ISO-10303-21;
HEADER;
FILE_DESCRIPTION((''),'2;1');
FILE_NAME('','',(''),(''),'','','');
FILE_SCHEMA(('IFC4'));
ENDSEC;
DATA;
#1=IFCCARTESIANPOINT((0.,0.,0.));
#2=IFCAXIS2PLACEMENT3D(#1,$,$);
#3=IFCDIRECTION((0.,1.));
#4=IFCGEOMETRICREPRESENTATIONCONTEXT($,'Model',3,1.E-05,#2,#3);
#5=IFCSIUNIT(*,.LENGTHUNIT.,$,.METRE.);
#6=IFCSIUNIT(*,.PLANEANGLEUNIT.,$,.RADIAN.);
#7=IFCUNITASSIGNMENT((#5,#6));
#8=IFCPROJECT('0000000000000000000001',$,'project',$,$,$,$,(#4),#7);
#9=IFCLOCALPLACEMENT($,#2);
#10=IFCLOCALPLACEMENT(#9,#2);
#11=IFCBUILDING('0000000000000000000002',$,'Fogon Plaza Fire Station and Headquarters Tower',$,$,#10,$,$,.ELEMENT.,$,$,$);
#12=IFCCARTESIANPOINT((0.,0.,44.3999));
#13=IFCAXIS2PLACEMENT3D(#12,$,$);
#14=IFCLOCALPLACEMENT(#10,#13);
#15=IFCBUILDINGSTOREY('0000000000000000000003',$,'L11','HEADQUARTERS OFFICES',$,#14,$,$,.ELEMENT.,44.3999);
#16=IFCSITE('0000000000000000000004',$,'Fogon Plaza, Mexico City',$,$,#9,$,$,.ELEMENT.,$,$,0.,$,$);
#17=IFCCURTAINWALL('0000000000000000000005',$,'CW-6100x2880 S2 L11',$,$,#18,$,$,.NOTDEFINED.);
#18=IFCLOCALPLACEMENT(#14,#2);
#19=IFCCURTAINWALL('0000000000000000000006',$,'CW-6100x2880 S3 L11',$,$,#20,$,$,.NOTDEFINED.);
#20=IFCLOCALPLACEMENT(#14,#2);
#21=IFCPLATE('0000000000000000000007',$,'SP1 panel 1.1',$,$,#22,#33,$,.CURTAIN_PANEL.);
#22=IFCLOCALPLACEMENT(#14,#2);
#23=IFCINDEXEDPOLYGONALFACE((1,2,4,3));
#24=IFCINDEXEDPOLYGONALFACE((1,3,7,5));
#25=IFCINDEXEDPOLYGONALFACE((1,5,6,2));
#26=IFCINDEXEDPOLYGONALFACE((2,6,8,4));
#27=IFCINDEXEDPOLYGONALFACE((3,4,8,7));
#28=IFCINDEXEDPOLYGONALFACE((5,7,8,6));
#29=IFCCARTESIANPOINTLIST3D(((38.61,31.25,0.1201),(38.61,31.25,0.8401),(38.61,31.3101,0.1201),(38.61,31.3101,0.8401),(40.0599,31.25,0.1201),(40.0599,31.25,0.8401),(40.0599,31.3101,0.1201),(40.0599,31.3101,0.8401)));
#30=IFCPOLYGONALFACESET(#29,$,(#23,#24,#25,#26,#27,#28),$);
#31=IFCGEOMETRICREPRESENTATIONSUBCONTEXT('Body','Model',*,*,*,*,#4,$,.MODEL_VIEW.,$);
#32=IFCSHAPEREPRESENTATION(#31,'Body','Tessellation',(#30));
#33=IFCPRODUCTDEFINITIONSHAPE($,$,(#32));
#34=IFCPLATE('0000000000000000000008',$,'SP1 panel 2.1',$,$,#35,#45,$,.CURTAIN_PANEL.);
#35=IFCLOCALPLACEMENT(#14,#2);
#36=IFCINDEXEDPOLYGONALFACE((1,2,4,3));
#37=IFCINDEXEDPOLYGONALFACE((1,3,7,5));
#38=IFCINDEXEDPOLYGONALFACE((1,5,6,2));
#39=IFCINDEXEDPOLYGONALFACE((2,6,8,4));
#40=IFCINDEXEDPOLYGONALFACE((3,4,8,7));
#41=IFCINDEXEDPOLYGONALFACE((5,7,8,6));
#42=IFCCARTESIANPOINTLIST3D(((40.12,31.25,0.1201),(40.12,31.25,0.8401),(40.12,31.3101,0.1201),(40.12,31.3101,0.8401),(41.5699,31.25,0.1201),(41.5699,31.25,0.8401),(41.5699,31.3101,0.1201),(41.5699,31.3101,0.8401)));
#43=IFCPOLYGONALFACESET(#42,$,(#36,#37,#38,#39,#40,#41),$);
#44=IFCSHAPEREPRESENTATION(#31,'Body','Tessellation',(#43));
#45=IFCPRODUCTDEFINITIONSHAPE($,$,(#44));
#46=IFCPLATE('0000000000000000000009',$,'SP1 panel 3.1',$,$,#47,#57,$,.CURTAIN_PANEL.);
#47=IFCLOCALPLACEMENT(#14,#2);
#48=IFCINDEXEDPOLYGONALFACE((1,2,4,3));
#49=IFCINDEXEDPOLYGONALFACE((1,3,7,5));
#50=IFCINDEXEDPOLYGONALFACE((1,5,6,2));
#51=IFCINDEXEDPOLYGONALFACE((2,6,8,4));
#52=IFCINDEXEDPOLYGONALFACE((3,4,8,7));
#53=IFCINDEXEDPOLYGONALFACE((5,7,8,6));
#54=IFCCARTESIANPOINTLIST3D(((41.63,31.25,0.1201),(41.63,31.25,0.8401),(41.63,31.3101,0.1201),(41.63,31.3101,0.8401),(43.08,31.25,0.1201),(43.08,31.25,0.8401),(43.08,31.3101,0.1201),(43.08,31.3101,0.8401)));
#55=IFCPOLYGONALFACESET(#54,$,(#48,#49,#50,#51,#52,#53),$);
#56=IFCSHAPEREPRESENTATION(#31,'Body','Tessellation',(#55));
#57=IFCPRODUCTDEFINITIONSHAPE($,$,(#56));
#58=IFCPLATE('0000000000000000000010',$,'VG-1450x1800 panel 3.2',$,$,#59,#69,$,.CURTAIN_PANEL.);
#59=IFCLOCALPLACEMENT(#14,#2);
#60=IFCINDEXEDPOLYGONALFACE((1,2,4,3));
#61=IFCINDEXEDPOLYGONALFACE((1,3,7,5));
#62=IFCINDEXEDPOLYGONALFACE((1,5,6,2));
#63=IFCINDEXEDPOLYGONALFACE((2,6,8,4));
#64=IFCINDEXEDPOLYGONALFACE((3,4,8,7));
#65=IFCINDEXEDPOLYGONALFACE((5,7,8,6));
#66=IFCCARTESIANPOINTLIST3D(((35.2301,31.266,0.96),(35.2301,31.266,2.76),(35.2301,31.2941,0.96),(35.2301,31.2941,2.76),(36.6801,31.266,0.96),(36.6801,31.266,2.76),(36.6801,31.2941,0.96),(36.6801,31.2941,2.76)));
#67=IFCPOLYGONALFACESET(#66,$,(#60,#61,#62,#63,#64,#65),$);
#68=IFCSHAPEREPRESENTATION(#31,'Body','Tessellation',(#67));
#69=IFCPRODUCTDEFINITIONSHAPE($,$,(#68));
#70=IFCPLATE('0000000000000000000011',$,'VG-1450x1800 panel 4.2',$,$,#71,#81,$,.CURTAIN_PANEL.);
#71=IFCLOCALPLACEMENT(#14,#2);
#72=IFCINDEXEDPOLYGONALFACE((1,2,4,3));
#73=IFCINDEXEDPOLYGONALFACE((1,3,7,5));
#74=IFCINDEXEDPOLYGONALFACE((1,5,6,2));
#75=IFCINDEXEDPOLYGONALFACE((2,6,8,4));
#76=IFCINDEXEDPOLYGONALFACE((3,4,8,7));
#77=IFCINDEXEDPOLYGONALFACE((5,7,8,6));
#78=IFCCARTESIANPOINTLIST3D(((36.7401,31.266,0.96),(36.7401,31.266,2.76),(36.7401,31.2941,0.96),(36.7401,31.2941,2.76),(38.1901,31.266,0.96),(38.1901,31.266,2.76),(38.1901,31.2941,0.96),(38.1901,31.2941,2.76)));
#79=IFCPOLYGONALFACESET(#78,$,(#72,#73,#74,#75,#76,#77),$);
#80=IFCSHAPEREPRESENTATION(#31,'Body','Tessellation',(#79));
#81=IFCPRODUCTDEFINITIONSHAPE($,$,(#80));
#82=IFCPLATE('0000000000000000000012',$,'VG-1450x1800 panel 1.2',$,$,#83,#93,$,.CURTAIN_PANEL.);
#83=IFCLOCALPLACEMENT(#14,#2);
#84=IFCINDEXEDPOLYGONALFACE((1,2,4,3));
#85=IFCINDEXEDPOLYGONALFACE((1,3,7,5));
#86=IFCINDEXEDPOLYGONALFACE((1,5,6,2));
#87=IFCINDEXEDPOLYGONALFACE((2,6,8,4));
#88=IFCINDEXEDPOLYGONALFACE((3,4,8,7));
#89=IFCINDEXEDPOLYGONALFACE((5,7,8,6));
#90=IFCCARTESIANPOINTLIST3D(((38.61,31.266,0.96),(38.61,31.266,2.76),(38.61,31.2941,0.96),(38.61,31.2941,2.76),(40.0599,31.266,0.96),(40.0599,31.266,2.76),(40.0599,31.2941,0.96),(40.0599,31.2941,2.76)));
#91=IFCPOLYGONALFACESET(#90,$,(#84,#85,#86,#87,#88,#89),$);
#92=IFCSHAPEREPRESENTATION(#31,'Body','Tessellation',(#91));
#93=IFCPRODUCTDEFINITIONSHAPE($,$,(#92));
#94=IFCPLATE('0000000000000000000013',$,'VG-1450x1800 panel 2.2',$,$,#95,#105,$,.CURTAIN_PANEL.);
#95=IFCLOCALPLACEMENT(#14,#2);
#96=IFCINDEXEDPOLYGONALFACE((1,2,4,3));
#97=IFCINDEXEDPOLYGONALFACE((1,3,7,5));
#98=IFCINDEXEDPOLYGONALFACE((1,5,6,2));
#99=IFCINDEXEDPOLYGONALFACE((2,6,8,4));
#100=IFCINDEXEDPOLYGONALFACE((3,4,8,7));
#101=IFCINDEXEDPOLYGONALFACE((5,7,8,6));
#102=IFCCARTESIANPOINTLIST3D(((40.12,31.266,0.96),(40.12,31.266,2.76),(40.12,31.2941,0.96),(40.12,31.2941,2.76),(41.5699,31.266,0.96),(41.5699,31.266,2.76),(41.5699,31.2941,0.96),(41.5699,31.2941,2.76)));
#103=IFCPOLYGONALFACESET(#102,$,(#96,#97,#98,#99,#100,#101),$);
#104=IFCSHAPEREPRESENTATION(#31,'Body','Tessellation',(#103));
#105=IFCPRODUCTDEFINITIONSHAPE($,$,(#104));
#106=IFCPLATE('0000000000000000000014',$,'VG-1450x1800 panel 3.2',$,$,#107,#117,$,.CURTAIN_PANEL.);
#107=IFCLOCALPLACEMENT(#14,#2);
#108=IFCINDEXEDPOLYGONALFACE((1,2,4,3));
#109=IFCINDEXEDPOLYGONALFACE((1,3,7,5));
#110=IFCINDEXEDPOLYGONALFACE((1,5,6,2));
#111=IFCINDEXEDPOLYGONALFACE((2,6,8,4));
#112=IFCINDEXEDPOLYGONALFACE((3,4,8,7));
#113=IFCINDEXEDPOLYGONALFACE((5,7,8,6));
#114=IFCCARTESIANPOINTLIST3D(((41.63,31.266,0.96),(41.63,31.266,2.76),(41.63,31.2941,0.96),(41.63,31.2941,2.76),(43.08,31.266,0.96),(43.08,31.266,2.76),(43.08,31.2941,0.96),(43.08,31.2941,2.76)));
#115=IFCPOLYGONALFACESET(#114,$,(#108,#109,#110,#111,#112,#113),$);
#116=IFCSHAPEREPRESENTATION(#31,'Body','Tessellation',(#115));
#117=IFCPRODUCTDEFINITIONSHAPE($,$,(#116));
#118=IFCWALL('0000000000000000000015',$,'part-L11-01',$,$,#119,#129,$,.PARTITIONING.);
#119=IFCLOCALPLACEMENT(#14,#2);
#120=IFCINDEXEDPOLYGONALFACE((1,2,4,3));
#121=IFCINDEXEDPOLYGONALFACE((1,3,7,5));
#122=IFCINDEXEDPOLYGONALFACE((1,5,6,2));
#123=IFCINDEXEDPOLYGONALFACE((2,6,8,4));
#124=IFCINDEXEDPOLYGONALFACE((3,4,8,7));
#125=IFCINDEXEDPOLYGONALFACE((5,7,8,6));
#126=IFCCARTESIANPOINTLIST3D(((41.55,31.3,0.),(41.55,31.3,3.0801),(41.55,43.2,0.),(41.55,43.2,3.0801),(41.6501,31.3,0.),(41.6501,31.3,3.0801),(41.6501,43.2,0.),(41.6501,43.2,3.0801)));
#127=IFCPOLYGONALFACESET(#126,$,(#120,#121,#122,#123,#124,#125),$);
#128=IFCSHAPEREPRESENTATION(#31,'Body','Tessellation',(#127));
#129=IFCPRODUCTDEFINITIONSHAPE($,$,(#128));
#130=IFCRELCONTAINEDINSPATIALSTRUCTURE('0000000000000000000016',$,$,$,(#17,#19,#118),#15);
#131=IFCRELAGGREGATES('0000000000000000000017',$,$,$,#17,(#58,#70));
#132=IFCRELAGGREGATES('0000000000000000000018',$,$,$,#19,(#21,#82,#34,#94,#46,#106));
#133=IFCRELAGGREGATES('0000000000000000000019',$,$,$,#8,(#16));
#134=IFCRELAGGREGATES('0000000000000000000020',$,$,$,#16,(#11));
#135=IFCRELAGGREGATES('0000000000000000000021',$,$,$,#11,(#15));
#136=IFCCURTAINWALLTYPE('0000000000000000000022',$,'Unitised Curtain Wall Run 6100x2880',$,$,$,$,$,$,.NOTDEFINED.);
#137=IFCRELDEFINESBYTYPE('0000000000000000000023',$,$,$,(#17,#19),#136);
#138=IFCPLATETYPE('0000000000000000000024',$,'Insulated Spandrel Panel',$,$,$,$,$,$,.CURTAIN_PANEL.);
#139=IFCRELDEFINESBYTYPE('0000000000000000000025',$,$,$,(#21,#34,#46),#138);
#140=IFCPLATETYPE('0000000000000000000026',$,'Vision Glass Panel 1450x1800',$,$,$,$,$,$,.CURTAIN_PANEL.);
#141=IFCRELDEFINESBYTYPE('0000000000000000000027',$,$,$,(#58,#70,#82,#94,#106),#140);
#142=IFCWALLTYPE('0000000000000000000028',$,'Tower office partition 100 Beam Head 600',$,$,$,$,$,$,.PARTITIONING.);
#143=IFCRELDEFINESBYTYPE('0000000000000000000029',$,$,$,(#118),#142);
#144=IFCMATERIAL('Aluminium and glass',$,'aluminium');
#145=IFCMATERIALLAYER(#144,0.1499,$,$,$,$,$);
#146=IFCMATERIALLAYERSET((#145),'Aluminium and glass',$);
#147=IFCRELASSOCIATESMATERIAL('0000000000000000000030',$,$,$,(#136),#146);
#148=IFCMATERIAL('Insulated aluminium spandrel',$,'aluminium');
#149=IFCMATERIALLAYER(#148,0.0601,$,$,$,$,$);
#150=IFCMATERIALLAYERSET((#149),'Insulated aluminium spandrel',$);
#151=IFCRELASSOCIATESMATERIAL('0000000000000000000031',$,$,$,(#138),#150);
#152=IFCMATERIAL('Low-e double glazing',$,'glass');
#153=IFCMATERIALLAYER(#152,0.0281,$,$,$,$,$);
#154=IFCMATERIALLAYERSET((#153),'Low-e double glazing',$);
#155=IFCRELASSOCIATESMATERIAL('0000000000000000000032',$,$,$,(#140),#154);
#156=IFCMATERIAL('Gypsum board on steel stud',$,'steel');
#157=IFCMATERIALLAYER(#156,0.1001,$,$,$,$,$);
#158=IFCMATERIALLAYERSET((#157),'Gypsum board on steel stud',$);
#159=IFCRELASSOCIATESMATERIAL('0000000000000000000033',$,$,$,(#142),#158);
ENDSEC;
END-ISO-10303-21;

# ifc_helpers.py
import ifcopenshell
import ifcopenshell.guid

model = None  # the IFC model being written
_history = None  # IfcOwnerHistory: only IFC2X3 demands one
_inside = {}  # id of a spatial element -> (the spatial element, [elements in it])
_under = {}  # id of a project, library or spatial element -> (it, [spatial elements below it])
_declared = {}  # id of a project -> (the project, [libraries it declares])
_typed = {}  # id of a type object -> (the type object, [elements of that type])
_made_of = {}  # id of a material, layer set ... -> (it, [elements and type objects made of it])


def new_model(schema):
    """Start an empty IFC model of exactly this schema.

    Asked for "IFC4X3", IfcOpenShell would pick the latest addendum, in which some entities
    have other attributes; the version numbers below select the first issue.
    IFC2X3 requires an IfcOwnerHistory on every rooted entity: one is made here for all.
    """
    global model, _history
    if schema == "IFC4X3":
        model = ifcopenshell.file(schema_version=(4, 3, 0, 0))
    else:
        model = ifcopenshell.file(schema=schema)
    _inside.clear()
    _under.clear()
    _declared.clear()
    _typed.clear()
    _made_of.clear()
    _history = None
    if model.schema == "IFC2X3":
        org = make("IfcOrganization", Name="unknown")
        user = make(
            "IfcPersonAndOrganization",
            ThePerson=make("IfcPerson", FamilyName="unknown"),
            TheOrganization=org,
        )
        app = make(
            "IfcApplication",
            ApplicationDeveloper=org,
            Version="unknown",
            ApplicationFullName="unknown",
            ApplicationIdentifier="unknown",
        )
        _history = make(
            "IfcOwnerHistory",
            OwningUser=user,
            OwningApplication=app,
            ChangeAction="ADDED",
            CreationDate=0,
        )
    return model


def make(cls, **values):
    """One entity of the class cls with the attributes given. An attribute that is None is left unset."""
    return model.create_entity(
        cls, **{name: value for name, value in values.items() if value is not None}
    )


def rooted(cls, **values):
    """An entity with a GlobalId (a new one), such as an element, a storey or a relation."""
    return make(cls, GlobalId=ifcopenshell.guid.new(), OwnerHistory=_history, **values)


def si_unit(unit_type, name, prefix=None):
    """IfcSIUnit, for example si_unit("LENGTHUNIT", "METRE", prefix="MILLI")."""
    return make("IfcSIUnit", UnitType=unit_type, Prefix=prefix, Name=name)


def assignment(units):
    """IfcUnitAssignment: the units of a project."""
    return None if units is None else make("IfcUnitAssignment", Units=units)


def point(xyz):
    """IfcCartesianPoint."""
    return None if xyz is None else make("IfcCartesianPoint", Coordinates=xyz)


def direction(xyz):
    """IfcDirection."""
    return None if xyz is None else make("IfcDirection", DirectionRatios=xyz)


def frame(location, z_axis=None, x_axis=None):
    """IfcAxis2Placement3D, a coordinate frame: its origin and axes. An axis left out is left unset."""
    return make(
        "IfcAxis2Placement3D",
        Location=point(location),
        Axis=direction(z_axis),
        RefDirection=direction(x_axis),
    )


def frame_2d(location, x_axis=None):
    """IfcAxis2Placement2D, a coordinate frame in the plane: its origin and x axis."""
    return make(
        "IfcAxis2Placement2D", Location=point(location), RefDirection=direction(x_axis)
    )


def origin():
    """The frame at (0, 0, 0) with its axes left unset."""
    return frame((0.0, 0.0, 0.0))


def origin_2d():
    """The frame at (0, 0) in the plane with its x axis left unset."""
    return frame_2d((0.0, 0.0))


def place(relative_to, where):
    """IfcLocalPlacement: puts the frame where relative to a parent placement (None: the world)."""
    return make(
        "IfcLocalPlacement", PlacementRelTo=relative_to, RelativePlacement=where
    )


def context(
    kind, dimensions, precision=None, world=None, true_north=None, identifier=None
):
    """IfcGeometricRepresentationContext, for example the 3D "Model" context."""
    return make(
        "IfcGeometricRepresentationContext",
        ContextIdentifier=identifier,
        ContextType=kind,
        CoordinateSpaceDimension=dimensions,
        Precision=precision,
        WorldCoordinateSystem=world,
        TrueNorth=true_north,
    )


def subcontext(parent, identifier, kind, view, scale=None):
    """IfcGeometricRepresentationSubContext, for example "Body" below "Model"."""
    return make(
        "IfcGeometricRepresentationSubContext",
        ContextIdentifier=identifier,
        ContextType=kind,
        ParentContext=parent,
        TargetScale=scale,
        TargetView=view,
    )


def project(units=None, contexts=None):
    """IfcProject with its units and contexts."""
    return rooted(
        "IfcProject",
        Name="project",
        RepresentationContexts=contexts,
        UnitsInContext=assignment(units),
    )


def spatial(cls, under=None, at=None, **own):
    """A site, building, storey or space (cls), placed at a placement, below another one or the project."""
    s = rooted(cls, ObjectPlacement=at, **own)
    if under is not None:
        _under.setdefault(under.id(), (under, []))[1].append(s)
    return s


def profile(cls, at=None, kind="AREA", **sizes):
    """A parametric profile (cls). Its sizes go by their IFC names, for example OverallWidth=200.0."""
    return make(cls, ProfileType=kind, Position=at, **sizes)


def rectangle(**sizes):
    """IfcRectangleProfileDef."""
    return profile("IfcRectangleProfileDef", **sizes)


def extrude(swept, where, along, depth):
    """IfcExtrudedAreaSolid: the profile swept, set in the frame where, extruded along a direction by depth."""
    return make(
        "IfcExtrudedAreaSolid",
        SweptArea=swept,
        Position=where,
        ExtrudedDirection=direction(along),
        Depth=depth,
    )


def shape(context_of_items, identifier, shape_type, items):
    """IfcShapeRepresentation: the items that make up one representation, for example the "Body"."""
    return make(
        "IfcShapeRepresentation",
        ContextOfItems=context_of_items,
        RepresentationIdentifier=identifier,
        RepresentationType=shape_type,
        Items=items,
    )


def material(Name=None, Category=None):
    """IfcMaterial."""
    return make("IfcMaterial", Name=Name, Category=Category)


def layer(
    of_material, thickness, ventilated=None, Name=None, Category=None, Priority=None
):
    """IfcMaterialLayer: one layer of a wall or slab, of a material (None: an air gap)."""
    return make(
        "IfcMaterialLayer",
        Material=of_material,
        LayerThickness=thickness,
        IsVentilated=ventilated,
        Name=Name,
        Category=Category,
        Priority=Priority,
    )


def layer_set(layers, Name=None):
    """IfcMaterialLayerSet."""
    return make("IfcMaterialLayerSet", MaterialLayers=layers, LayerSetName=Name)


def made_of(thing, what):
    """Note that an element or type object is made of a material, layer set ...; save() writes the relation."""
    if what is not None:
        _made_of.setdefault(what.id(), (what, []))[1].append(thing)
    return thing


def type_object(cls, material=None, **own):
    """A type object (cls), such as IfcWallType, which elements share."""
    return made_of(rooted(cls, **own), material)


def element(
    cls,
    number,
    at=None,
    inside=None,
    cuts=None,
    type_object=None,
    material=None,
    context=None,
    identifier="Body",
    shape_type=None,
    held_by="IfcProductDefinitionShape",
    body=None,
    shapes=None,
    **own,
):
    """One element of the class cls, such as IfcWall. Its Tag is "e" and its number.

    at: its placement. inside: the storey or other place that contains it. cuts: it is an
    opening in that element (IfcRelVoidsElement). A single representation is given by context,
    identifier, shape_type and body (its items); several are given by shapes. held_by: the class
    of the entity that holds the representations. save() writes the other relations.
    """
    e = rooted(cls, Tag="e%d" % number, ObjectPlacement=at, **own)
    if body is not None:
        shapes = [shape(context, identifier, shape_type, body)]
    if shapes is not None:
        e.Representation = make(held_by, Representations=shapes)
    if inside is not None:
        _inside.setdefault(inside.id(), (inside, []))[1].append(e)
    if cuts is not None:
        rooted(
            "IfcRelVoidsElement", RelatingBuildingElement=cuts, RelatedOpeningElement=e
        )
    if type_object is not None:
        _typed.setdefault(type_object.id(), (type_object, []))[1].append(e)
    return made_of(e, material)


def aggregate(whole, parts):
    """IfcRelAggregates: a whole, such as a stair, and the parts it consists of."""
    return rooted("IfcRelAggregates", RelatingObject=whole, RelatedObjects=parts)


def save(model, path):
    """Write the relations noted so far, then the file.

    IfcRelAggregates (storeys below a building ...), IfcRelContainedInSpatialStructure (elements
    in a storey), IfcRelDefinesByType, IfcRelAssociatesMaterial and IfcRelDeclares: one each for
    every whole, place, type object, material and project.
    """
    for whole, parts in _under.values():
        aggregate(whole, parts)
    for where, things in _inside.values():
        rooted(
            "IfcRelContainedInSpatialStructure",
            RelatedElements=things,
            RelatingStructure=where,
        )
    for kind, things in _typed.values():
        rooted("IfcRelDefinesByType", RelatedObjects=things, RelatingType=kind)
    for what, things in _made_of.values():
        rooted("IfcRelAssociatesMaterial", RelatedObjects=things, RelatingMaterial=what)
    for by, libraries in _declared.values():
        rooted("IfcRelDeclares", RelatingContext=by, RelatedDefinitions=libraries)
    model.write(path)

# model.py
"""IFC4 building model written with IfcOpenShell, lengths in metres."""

from ifc_helpers import new_model, si_unit, direction, frame, frame_2d, origin, origin_2d, place, context, subcontext, project, spatial, rectangle, extrude, material, layer, layer_set, type_object, element, aggregate, save


model = new_model("IFC4")

# Units and contexts
model_context = context("Model", 3, precision=1e-05, world=origin(), true_north=direction((0.0, 1.0)))
body_context = subcontext(model_context, "Body", "Model", "MODEL_VIEW")
ifc_project = project(units=[si_unit("LENGTHUNIT", "METRE"), si_unit("PLANEANGLEUNIT", "RADIAN")], contexts=[model_context])

# Site, building, storey
site_placement = place(None, origin())
site = spatial("IfcSite", under=ifc_project, at=site_placement, Name="Fogon Plaza, Mexico City", CompositionType="ELEMENT", RefElevation=0.0)
building_placement = place(site_placement, origin())
building = spatial("IfcBuilding", under=site, at=building_placement, Name="Fogon Plaza Fire Station and Headquarters Tower", CompositionType="ELEMENT")
storey_placement = place(building_placement, frame((0.0, 0.0, 44.3999)))
storey = spatial("IfcBuildingStorey", under=building, at=storey_placement, Name="L11", Description="HEADQUARTERS OFFICES", CompositionType="ELEMENT", Elevation=44.3999)

# Curtain walls
ifc_material_1 = material(Name="Aluminium and glass", Category="aluminium")
ifc_layer_1 = layer(ifc_material_1, 0.1499)
ifc_layer_set_1 = layer_set([ifc_layer_1], Name="Aluminium and glass")
curtain_wall_type = type_object("IfcCurtainWallType", Name="Unitised Curtain Wall Run 6100x2880", PredefinedType="NOTDEFINED", material=ifc_layer_set_1)
curtain_wall_1_placement = place(storey_placement, origin())
curtain_wall_1 = element("IfcCurtainWall", 1, at=curtain_wall_1_placement, inside=storey, type_object=curtain_wall_type, Name="CW-6100x2880 S2 L11", PredefinedType="NOTDEFINED")
curtain_wall_2_placement = place(storey_placement, origin())
curtain_wall_2 = element("IfcCurtainWall", 2, at=curtain_wall_2_placement, inside=storey, type_object=curtain_wall_type, Name="CW-6100x2880 S3 L11", PredefinedType="NOTDEFINED")

# Plates
ifc_material_2 = material(Name="Insulated aluminium spandrel", Category="aluminium")
ifc_layer_2 = layer(ifc_material_2, 0.0601)
ifc_layer_set_2 = layer_set([ifc_layer_2], Name="Insulated aluminium spandrel")
plate_type_1 = type_object("IfcPlateType", Name="Insulated Spandrel Panel", PredefinedType="CURTAIN_PANEL", material=ifc_layer_set_2)
plate_1_placement = place(storey_placement, frame((39.335, 31.28, 0.1201), z_axis=(0.0, 0.0, 1.0), x_axis=(1.0, 0.0, 0.0)))
plate_1 = element("IfcPlate", 3, at=plate_1_placement, type_object=plate_type_1, Name="SP1 panel 1.1", PredefinedType="CURTAIN_PANEL", context=body_context, shape_type="SweptSolid", body=[
    extrude(rectangle(XDim=1.45, YDim=0.0601, at=origin_2d()), origin(), (0.0, 0.0, 1.0), 0.72),
])
plate_2_placement = place(storey_placement, frame((40.845, 31.28, 0.1201), z_axis=(0.0, 0.0, 1.0), x_axis=(1.0, 0.0, 0.0)))
plate_2 = element("IfcPlate", 4, at=plate_2_placement, type_object=plate_type_1, Name="SP1 panel 2.1", PredefinedType="CURTAIN_PANEL", context=body_context, shape_type="SweptSolid", body=[
    extrude(rectangle(XDim=1.45, YDim=0.0601, at=origin_2d()), origin(), (0.0, 0.0, 1.0), 0.72),
])
plate_3_placement = place(storey_placement, frame((42.355, 31.28, 0.1201), z_axis=(0.0, 0.0, 1.0), x_axis=(1.0, 0.0, 0.0)))
plate_3 = element("IfcPlate", 5, at=plate_3_placement, type_object=plate_type_1, Name="SP1 panel 3.1", PredefinedType="CURTAIN_PANEL", context=body_context, shape_type="SweptSolid", body=[
    extrude(rectangle(XDim=1.45, YDim=0.0601, at=origin_2d()), origin(), (0.0, 0.0, 1.0), 0.72),
])
ifc_material_3 = material(Name="Low-e double glazing", Category="glass")
ifc_layer_3 = layer(ifc_material_3, 0.0281)
ifc_layer_set_3 = layer_set([ifc_layer_3], Name="Low-e double glazing")
plate_type_2 = type_object("IfcPlateType", Name="Vision Glass Panel 1450x1800", PredefinedType="CURTAIN_PANEL", material=ifc_layer_set_3)
plate_4_placement = place(storey_placement, frame((35.9551, 31.28, 0.96), z_axis=(0.0, 0.0, 1.0), x_axis=(1.0, 0.0, 0.0)))
plate_4 = element("IfcPlate", 6, at=plate_4_placement, type_object=plate_type_2, Name="VG-1450x1800 panel 3.2", PredefinedType="CURTAIN_PANEL", context=body_context, shape_type="SweptSolid", body=[
    extrude(rectangle(XDim=1.45, YDim=0.0281, at=origin_2d()), origin(), (0.0, 0.0, 1.0), 1.8),
])
plate_5_placement = place(storey_placement, frame((37.4651, 31.28, 0.96), z_axis=(0.0, 0.0, 1.0), x_axis=(1.0, 0.0, 0.0)))
plate_5 = element("IfcPlate", 7, at=plate_5_placement, type_object=plate_type_2, Name="VG-1450x1800 panel 4.2", PredefinedType="CURTAIN_PANEL", context=body_context, shape_type="SweptSolid", body=[
    extrude(rectangle(XDim=1.45, YDim=0.0281, at=origin_2d()), origin(), (0.0, 0.0, 1.0), 1.8),
])
aggregate(curtain_wall_1, [plate_4, plate_5])
plate_6_placement = place(storey_placement, frame((39.335, 31.28, 0.96), z_axis=(0.0, 0.0, 1.0), x_axis=(1.0, 0.0, 0.0)))
plate_6 = element("IfcPlate", 8, at=plate_6_placement, type_object=plate_type_2, Name="VG-1450x1800 panel 1.2", PredefinedType="CURTAIN_PANEL", context=body_context, shape_type="SweptSolid", body=[
    extrude(rectangle(XDim=1.45, YDim=0.0281, at=origin_2d()), origin(), (0.0, 0.0, 1.0), 1.8),
])
plate_7_placement = place(storey_placement, frame((40.845, 31.28, 0.96), z_axis=(0.0, 0.0, 1.0), x_axis=(1.0, 0.0, 0.0)))
plate_7 = element("IfcPlate", 9, at=plate_7_placement, type_object=plate_type_2, Name="VG-1450x1800 panel 2.2", PredefinedType="CURTAIN_PANEL", context=body_context, shape_type="SweptSolid", body=[
    extrude(rectangle(XDim=1.45, YDim=0.0281, at=origin_2d()), origin(), (0.0, 0.0, 1.0), 1.8),
])
plate_8_placement = place(storey_placement, frame((42.355, 31.28, 0.96), z_axis=(0.0, 0.0, 1.0), x_axis=(1.0, 0.0, 0.0)))
plate_8 = element("IfcPlate", 10, at=plate_8_placement, type_object=plate_type_2, Name="VG-1450x1800 panel 3.2", PredefinedType="CURTAIN_PANEL", context=body_context, shape_type="SweptSolid", body=[
    extrude(rectangle(XDim=1.45, YDim=0.0281, at=origin_2d()), origin(), (0.0, 0.0, 1.0), 1.8),
])
aggregate(curtain_wall_2, [plate_1, plate_6, plate_2, plate_7, plate_3, plate_8])

# Wall
ifc_material_4 = material(Name="Gypsum board on steel stud", Category="steel")
ifc_layer_4 = layer(ifc_material_4, 0.1001)
ifc_layer_set_4 = layer_set([ifc_layer_4], Name="Gypsum board on steel stud")
wall_type = type_object("IfcWallType", Name="Tower office partition 100 Beam Head 600", PredefinedType="PARTITIONING", material=ifc_layer_set_4)
wall_placement = place(storey_placement, frame((41.6001, 31.3, 0.0), z_axis=(0.0, 0.0, 1.0), x_axis=(0.0, 1.0, 0.0)))
element("IfcWall", 11, at=wall_placement, inside=storey, type_object=wall_type, Name="part-L11-01", PredefinedType="PARTITIONING", context=body_context, shape_type="SweptSolid", body=[
    extrude(rectangle(XDim=11.8999, YDim=0.1001, at=frame_2d((5.95, 0.0))), origin(), (0.0, 0.0, 1.0), 3.0801),
])

save(model, "model.ifc")
